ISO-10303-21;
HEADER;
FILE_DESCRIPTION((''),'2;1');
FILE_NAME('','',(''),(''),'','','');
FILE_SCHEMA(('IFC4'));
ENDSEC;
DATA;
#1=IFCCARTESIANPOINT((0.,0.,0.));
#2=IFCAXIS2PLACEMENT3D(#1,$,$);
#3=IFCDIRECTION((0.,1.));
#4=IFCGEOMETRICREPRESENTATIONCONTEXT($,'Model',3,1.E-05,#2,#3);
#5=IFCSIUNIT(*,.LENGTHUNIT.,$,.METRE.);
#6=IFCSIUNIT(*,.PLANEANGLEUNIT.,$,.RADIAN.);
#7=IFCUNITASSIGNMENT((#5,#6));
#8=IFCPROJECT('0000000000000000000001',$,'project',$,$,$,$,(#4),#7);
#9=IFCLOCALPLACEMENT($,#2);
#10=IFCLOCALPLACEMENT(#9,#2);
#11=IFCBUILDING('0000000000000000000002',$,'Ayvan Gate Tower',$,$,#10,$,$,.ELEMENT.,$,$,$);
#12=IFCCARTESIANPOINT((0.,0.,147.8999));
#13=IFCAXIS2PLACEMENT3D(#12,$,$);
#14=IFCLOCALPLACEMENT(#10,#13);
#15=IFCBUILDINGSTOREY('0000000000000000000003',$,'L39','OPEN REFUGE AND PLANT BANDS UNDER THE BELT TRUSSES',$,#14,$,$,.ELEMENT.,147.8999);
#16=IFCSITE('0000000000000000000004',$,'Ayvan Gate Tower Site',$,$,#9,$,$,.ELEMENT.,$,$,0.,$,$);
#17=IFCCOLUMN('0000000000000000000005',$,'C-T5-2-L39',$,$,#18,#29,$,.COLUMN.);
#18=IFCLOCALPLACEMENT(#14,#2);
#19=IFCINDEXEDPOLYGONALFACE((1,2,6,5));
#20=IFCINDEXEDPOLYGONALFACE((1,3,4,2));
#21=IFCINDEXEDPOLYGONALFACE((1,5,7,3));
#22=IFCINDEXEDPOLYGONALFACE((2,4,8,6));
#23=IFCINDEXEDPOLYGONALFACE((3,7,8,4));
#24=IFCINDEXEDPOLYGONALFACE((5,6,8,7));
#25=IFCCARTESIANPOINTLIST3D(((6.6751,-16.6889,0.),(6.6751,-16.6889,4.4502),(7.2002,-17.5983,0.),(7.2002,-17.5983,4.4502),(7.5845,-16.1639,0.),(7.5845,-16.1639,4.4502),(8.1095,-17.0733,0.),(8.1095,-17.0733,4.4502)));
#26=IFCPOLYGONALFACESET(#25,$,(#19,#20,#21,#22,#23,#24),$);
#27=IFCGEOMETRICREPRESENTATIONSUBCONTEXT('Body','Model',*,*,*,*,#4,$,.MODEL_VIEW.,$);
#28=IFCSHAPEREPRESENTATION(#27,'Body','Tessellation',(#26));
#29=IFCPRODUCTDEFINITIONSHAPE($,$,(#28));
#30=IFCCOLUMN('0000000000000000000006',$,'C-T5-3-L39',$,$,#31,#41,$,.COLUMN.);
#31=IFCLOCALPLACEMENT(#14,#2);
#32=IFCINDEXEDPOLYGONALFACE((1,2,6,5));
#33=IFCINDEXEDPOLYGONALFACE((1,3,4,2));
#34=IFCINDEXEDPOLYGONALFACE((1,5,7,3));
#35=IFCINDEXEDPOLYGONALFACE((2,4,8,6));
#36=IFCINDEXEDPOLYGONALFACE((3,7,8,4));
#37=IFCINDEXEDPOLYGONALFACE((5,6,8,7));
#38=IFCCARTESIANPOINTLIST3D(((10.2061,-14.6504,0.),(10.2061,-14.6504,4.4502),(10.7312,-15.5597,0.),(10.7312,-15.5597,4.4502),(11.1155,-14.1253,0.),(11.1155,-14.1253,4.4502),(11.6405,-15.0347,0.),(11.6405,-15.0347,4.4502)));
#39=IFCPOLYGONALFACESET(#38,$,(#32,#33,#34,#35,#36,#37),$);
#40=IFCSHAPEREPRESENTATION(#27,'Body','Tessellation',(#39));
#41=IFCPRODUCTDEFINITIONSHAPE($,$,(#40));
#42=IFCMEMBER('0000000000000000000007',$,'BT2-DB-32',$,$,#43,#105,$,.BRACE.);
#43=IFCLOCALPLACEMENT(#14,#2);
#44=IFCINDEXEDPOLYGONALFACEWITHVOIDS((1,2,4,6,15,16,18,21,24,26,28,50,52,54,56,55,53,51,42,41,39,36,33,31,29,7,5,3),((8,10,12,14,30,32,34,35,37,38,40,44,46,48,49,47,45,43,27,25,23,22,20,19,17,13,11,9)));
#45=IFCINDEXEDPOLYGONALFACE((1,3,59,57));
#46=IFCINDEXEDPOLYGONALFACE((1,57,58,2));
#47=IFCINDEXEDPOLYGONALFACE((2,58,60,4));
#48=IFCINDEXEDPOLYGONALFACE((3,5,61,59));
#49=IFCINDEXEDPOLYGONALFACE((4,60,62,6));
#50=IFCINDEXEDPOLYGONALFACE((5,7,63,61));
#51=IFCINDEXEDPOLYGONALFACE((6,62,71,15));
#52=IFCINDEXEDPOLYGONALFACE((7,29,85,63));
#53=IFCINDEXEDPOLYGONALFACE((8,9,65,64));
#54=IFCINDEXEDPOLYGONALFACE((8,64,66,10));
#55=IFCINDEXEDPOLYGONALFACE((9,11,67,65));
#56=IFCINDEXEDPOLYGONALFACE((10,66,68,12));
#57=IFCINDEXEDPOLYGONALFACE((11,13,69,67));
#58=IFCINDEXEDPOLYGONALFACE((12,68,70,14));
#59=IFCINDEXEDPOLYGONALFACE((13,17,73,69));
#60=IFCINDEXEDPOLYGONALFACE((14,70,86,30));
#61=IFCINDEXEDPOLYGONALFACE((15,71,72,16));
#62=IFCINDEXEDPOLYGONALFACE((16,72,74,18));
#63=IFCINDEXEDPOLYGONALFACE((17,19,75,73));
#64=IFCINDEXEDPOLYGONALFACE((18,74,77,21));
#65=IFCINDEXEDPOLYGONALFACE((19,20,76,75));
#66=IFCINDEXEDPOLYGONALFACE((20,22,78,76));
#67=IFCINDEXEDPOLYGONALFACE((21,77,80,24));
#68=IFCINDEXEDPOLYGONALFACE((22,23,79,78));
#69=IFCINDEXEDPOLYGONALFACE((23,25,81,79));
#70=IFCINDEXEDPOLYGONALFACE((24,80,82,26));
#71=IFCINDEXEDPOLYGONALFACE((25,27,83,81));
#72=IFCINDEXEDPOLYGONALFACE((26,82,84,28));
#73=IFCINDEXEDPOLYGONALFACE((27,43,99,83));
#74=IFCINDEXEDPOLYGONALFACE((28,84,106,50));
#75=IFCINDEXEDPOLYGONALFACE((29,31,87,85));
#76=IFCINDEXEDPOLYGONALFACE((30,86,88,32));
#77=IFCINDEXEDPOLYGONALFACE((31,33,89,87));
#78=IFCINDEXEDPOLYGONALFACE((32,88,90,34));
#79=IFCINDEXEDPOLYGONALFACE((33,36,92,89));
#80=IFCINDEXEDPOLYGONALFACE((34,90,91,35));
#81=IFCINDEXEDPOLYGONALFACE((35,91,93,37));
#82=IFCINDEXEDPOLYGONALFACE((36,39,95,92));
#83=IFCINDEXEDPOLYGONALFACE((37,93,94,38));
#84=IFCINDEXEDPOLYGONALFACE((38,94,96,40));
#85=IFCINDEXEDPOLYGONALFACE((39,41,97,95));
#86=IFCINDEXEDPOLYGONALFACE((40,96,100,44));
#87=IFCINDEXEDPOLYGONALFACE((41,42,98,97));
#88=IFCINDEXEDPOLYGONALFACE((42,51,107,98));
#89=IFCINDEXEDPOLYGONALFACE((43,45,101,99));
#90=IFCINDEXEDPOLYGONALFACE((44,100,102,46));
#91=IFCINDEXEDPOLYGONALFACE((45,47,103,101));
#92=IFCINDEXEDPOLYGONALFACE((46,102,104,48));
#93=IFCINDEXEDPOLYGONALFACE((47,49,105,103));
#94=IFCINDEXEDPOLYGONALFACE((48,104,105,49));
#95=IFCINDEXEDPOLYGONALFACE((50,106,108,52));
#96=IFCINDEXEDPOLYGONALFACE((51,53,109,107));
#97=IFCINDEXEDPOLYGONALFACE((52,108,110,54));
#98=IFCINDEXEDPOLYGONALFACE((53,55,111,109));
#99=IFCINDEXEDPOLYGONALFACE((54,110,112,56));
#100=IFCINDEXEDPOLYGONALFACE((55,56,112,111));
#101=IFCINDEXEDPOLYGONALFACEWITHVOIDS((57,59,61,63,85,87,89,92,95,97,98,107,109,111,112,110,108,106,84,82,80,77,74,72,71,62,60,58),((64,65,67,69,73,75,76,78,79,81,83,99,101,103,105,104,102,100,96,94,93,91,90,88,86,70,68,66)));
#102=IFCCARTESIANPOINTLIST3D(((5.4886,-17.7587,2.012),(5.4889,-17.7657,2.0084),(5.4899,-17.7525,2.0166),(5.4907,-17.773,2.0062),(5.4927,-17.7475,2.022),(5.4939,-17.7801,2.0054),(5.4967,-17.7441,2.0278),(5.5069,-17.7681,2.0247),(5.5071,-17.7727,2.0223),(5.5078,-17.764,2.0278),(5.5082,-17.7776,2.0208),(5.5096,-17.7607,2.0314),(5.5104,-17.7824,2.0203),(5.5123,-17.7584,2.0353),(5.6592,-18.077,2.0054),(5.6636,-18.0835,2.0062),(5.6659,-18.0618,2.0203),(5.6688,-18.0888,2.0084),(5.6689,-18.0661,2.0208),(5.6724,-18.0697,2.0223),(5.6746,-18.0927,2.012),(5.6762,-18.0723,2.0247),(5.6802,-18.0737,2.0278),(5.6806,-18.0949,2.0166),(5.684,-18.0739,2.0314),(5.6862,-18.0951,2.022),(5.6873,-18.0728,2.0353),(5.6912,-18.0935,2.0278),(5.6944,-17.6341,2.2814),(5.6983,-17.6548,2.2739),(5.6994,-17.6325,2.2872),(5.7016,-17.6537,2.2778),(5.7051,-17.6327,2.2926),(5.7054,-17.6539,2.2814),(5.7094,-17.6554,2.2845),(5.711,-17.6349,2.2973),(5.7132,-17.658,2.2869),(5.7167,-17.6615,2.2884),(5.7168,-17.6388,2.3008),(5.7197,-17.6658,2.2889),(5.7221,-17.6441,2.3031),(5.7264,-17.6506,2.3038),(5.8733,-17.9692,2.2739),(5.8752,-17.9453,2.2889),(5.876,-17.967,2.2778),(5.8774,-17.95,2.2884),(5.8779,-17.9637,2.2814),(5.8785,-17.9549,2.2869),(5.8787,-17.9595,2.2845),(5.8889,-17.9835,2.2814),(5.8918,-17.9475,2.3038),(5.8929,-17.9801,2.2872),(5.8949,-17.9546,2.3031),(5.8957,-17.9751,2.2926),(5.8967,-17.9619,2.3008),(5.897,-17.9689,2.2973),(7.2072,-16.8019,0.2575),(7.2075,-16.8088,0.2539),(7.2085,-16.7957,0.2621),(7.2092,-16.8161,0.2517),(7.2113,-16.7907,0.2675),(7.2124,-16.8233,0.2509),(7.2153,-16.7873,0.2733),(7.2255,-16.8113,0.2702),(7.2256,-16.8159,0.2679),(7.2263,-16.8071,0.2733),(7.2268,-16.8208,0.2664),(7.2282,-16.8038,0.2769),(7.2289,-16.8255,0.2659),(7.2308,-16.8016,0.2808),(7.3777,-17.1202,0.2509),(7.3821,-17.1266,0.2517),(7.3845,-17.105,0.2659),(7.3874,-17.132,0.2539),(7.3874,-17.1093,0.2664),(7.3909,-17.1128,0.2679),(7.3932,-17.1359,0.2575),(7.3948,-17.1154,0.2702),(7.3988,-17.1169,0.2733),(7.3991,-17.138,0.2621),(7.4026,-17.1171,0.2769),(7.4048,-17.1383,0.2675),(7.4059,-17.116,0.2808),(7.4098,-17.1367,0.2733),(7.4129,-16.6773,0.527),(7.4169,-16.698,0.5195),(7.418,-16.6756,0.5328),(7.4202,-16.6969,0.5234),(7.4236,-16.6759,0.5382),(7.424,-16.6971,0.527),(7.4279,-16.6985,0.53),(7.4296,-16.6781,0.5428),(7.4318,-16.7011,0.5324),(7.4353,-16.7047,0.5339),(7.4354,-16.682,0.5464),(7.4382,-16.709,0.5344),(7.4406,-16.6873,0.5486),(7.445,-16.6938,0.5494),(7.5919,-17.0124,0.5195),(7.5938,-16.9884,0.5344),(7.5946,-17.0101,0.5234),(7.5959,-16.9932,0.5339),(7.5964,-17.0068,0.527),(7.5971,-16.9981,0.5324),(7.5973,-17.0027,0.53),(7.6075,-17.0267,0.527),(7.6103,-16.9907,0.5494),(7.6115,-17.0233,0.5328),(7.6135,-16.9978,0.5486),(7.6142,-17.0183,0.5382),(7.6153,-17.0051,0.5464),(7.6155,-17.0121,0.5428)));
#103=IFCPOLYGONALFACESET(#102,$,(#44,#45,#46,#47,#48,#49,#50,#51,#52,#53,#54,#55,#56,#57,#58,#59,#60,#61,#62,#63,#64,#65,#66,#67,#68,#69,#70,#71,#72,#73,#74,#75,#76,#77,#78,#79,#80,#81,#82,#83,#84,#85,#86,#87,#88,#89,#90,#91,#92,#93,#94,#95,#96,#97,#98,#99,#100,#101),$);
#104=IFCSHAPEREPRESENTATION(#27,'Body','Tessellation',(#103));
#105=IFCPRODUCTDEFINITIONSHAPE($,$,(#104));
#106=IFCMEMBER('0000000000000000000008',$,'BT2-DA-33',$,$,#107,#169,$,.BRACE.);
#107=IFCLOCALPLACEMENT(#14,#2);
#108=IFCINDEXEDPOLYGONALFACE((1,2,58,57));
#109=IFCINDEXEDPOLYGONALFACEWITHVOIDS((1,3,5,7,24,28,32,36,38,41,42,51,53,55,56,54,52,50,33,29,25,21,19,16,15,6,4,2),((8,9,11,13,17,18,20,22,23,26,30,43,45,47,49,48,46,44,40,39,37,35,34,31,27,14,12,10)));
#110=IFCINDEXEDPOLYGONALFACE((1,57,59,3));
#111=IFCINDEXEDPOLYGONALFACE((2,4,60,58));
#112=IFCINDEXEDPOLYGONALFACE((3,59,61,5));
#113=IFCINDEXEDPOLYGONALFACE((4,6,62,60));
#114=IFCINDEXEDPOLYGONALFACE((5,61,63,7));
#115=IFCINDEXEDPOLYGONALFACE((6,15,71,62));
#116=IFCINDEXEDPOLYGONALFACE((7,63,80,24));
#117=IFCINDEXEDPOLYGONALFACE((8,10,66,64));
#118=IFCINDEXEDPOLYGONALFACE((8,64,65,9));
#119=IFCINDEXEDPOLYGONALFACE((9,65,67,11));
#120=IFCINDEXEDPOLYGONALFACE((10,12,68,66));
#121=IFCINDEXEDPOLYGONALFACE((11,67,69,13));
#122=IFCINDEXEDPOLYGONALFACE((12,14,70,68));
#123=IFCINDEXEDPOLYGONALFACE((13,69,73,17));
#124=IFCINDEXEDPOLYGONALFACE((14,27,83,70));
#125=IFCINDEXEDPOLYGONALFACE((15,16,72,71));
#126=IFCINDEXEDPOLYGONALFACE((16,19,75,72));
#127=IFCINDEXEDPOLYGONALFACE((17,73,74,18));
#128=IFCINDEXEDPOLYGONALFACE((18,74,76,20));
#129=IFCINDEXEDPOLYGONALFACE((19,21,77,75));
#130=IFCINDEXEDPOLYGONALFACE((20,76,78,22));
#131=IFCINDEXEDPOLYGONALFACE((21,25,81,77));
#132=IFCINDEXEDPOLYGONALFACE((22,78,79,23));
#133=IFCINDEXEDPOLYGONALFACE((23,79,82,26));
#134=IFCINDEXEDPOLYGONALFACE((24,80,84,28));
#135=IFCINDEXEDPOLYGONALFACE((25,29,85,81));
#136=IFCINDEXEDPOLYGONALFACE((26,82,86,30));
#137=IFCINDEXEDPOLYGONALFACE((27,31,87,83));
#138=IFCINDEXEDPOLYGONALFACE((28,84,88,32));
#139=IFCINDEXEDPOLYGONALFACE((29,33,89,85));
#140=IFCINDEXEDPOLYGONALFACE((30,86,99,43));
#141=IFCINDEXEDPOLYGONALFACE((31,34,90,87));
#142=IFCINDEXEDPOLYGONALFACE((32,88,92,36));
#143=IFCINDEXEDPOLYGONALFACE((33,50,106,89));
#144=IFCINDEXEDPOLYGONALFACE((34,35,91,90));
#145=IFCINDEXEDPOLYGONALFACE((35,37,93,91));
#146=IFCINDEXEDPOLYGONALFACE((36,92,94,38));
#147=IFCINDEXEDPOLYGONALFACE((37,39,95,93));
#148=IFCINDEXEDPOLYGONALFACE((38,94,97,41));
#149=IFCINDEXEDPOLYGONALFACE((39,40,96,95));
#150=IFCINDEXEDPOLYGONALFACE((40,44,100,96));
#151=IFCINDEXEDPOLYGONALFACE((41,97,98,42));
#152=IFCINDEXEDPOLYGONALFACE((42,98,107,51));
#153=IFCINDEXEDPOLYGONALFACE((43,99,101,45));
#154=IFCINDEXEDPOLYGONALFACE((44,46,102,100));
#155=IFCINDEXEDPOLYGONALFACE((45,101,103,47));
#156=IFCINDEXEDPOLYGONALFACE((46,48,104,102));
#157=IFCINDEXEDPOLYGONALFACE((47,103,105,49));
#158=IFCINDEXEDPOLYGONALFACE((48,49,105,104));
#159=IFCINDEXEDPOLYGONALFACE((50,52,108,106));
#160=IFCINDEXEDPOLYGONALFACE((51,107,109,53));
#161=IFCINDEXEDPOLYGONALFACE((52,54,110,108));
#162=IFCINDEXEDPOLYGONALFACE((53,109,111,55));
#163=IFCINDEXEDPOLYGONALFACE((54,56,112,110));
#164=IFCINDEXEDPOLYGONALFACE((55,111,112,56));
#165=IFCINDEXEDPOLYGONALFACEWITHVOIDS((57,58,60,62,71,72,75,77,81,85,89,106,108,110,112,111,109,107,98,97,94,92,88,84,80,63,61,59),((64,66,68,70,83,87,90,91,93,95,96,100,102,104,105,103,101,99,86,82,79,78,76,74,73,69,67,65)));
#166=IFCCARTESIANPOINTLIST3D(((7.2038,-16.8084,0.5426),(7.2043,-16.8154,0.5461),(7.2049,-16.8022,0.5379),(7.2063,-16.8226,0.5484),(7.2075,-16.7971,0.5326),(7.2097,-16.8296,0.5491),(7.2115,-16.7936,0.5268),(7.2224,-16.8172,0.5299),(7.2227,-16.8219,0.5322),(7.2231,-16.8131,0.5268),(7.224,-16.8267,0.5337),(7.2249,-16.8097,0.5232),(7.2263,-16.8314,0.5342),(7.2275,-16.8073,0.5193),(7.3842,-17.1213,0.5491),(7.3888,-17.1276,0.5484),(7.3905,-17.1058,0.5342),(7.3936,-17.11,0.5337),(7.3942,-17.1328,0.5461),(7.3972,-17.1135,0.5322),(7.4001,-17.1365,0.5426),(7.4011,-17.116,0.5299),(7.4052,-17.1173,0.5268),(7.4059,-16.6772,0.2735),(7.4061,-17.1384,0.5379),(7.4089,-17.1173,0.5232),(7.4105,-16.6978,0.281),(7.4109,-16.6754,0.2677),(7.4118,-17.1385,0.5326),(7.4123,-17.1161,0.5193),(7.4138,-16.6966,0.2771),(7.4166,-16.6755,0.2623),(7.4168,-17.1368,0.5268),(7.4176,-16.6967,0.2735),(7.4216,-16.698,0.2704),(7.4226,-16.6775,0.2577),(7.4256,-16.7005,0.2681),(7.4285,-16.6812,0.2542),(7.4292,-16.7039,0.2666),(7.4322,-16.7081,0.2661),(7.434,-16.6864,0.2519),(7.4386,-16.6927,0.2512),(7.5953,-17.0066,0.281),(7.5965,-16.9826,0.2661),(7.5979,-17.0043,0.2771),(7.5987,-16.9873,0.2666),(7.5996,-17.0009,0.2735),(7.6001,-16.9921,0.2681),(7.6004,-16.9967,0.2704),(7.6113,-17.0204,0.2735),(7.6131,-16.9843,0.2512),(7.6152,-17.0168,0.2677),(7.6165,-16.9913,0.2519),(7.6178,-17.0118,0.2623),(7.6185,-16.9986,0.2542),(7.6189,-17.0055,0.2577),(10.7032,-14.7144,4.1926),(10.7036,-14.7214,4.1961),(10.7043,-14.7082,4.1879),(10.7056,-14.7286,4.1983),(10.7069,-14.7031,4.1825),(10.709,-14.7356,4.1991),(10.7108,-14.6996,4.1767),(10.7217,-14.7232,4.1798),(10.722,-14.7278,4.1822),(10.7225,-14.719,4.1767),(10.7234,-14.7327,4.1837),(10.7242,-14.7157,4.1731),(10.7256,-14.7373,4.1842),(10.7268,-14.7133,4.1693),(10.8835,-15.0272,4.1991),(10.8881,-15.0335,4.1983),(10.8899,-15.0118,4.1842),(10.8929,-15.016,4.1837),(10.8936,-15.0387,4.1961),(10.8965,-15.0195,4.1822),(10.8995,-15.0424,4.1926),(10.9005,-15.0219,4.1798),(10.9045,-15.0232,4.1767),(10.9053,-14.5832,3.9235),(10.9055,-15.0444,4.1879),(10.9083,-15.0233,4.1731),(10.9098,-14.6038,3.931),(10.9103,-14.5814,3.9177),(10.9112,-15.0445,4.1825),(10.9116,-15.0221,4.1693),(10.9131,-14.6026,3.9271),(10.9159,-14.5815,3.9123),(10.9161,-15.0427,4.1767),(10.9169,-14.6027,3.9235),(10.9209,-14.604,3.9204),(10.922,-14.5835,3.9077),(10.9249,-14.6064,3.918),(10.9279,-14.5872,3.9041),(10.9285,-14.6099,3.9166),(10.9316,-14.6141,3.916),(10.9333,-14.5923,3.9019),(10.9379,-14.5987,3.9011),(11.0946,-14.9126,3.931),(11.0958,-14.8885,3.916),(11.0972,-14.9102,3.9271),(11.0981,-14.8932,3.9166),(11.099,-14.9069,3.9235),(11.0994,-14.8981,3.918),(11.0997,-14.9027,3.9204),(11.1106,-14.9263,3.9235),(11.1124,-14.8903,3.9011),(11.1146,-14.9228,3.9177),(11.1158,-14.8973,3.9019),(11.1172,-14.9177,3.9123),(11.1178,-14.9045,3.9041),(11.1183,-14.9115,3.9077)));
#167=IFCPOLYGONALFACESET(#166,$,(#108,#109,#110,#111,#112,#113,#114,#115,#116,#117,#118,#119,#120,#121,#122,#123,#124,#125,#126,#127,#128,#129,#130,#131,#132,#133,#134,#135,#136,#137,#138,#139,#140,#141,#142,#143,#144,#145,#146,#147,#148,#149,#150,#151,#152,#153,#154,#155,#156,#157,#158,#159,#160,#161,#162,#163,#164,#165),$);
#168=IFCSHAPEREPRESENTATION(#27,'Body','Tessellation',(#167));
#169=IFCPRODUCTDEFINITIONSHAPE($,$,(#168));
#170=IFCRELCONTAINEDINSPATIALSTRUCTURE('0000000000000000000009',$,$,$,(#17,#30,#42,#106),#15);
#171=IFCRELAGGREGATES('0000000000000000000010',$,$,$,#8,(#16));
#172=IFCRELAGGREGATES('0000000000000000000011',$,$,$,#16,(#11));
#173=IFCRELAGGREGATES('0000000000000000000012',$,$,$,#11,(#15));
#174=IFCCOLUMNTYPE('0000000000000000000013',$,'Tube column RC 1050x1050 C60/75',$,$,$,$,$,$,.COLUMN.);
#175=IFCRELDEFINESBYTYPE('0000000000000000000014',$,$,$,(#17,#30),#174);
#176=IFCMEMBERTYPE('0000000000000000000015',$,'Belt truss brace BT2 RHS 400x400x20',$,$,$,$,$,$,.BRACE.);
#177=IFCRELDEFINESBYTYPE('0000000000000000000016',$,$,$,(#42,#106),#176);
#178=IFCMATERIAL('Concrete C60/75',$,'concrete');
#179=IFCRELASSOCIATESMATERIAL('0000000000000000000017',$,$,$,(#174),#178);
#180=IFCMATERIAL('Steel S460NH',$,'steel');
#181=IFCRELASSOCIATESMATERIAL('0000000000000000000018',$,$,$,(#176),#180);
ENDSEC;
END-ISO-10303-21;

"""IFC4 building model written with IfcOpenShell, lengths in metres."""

from ifc_helpers import new_model, si_unit, direction, frame, origin, origin_2d, place, context, subcontext, project, spatial, rectangle, hollow_rectangle, extrude, material, material_profile, profile_set, type_object, element, save


model = new_model("IFC4")

# Units and contexts
model_context = context("Model", 3, precision=1e-05, world=origin(), true_north=direction((0.0, 1.0)))
body_context = subcontext(model_context, "Body", "Model", "MODEL_VIEW")
ifc_project = project(units=[si_unit("LENGTHUNIT", "METRE"), si_unit("PLANEANGLEUNIT", "RADIAN")], contexts=[model_context])

# Site, building, storey
site_placement = place(None, origin())
site = spatial("IfcSite", under=ifc_project, at=site_placement, Name="Ayvan Gate Tower Site", CompositionType="ELEMENT", RefElevation=0.0)
building_placement = place(site_placement, origin())
building = spatial("IfcBuilding", under=site, at=building_placement, Name="Ayvan Gate Tower", CompositionType="ELEMENT")
storey_placement = place(building_placement, frame((0.0, 0.0, 147.8999)))
storey = spatial("IfcBuildingStorey", under=building, at=storey_placement, Name="L39", Description="OPEN REFUGE AND PLANT BANDS UNDER THE BELT TRUSSES", CompositionType="ELEMENT", Elevation=147.8999)

# Columns
ifc_material_1 = material(Name="Concrete C60/75", Category="concrete")
ifc_material_profile_1 = material_profile(ifc_material_1, rectangle(XDim=1.05, YDim=1.05, at=origin_2d()), Name="RC 1050x1050")
ifc_profile_set_1 = profile_set([ifc_material_profile_1], Name="Concrete C60/75")
column_type = type_object("IfcColumnType", Name="Tube column RC 1050x1050 C60/75", PredefinedType="COLUMN", material=ifc_profile_set_1)
for number, where, z_axis, x_axis, name in (
    (1, (7.3923, -16.8811, 0.0), (0.0, 0.0, 1.0), (0.5, -0.866025, 0.0), "C-T5-2-L39"),
    (2, (10.9233, -14.8425, 0.0), (0.0, 0.0, 1.0), (0.5, -0.866025, 0.0), "C-T5-3-L39"),
):
    element("IfcColumn", number, at=place(storey_placement, frame(where, z_axis=z_axis, x_axis=x_axis)), inside=storey, type_object=column_type, Name=name, PredefinedType="COLUMN", context=body_context, shape_type="SweptSolid", body=[
        extrude(rectangle(XDim=1.05, YDim=1.05, at=origin_2d()), origin(), (0.0, 0.0, 1.0), 4.4502),
    ])

# Members
ifc_material_2 = material(Name="Steel S460NH", Category="steel")
ifc_material_profile_2 = material_profile(ifc_material_2, hollow_rectangle(XDim=0.3999, YDim=0.3999, WallThickness=0.02, InnerFilletRadius=0.02, OuterFilletRadius=0.03, at=origin_2d()), Name="RHS 400x400x20")
ifc_profile_set_2 = profile_set([ifc_material_profile_2], Name="Steel S460NH")
member_type_1 = type_object("IfcMemberType", Name="Belt truss brace BT2 RHS 400x400x20", PredefinedType="BRACE", material=ifc_profile_set_2)
member_1_placement = place(storey_placement, frame((7.4114, -16.907, 0.4001), z_axis=(-0.652026, -0.363019, 0.665642), x_axis=(0.486444, -0.873712, 0.0)))
element("IfcMember", 3, at=member_1_placement, inside=storey, type_object=member_type_1, Name="BT2-DB-32", PredefinedType="BRACE", context=body_context, shape_type="SweptSolid", body=[
    extrude(hollow_rectangle(XDim=0.3999, YDim=0.3999, WallThickness=0.02, InnerFilletRadius=0.02, OuterFilletRadius=0.03, at=origin_2d()), origin(), (0.0, 0.0, 1.0), 2.6357),
])
member_2_placement = place(storey_placement, frame((7.4114, -16.907, 0.4001), z_axis=(0.639393, 0.382619, 0.666918), x_axis=(-0.513492, 0.858095, 0.0)))
element("IfcMember", 4, at=member_2_placement, inside=storey, type_object=member_type_1, Name="BT2-DA-33", PredefinedType="BRACE", context=body_context, shape_type="SweptSolid", body=[
    extrude(hollow_rectangle(XDim=0.3999, YDim=0.3999, WallThickness=0.02, InnerFilletRadius=0.02, OuterFilletRadius=0.03, at=origin_2d()), origin(), (0.0, 0.0, 1.0), 5.4729),
])

save(model, "model.ifc")
